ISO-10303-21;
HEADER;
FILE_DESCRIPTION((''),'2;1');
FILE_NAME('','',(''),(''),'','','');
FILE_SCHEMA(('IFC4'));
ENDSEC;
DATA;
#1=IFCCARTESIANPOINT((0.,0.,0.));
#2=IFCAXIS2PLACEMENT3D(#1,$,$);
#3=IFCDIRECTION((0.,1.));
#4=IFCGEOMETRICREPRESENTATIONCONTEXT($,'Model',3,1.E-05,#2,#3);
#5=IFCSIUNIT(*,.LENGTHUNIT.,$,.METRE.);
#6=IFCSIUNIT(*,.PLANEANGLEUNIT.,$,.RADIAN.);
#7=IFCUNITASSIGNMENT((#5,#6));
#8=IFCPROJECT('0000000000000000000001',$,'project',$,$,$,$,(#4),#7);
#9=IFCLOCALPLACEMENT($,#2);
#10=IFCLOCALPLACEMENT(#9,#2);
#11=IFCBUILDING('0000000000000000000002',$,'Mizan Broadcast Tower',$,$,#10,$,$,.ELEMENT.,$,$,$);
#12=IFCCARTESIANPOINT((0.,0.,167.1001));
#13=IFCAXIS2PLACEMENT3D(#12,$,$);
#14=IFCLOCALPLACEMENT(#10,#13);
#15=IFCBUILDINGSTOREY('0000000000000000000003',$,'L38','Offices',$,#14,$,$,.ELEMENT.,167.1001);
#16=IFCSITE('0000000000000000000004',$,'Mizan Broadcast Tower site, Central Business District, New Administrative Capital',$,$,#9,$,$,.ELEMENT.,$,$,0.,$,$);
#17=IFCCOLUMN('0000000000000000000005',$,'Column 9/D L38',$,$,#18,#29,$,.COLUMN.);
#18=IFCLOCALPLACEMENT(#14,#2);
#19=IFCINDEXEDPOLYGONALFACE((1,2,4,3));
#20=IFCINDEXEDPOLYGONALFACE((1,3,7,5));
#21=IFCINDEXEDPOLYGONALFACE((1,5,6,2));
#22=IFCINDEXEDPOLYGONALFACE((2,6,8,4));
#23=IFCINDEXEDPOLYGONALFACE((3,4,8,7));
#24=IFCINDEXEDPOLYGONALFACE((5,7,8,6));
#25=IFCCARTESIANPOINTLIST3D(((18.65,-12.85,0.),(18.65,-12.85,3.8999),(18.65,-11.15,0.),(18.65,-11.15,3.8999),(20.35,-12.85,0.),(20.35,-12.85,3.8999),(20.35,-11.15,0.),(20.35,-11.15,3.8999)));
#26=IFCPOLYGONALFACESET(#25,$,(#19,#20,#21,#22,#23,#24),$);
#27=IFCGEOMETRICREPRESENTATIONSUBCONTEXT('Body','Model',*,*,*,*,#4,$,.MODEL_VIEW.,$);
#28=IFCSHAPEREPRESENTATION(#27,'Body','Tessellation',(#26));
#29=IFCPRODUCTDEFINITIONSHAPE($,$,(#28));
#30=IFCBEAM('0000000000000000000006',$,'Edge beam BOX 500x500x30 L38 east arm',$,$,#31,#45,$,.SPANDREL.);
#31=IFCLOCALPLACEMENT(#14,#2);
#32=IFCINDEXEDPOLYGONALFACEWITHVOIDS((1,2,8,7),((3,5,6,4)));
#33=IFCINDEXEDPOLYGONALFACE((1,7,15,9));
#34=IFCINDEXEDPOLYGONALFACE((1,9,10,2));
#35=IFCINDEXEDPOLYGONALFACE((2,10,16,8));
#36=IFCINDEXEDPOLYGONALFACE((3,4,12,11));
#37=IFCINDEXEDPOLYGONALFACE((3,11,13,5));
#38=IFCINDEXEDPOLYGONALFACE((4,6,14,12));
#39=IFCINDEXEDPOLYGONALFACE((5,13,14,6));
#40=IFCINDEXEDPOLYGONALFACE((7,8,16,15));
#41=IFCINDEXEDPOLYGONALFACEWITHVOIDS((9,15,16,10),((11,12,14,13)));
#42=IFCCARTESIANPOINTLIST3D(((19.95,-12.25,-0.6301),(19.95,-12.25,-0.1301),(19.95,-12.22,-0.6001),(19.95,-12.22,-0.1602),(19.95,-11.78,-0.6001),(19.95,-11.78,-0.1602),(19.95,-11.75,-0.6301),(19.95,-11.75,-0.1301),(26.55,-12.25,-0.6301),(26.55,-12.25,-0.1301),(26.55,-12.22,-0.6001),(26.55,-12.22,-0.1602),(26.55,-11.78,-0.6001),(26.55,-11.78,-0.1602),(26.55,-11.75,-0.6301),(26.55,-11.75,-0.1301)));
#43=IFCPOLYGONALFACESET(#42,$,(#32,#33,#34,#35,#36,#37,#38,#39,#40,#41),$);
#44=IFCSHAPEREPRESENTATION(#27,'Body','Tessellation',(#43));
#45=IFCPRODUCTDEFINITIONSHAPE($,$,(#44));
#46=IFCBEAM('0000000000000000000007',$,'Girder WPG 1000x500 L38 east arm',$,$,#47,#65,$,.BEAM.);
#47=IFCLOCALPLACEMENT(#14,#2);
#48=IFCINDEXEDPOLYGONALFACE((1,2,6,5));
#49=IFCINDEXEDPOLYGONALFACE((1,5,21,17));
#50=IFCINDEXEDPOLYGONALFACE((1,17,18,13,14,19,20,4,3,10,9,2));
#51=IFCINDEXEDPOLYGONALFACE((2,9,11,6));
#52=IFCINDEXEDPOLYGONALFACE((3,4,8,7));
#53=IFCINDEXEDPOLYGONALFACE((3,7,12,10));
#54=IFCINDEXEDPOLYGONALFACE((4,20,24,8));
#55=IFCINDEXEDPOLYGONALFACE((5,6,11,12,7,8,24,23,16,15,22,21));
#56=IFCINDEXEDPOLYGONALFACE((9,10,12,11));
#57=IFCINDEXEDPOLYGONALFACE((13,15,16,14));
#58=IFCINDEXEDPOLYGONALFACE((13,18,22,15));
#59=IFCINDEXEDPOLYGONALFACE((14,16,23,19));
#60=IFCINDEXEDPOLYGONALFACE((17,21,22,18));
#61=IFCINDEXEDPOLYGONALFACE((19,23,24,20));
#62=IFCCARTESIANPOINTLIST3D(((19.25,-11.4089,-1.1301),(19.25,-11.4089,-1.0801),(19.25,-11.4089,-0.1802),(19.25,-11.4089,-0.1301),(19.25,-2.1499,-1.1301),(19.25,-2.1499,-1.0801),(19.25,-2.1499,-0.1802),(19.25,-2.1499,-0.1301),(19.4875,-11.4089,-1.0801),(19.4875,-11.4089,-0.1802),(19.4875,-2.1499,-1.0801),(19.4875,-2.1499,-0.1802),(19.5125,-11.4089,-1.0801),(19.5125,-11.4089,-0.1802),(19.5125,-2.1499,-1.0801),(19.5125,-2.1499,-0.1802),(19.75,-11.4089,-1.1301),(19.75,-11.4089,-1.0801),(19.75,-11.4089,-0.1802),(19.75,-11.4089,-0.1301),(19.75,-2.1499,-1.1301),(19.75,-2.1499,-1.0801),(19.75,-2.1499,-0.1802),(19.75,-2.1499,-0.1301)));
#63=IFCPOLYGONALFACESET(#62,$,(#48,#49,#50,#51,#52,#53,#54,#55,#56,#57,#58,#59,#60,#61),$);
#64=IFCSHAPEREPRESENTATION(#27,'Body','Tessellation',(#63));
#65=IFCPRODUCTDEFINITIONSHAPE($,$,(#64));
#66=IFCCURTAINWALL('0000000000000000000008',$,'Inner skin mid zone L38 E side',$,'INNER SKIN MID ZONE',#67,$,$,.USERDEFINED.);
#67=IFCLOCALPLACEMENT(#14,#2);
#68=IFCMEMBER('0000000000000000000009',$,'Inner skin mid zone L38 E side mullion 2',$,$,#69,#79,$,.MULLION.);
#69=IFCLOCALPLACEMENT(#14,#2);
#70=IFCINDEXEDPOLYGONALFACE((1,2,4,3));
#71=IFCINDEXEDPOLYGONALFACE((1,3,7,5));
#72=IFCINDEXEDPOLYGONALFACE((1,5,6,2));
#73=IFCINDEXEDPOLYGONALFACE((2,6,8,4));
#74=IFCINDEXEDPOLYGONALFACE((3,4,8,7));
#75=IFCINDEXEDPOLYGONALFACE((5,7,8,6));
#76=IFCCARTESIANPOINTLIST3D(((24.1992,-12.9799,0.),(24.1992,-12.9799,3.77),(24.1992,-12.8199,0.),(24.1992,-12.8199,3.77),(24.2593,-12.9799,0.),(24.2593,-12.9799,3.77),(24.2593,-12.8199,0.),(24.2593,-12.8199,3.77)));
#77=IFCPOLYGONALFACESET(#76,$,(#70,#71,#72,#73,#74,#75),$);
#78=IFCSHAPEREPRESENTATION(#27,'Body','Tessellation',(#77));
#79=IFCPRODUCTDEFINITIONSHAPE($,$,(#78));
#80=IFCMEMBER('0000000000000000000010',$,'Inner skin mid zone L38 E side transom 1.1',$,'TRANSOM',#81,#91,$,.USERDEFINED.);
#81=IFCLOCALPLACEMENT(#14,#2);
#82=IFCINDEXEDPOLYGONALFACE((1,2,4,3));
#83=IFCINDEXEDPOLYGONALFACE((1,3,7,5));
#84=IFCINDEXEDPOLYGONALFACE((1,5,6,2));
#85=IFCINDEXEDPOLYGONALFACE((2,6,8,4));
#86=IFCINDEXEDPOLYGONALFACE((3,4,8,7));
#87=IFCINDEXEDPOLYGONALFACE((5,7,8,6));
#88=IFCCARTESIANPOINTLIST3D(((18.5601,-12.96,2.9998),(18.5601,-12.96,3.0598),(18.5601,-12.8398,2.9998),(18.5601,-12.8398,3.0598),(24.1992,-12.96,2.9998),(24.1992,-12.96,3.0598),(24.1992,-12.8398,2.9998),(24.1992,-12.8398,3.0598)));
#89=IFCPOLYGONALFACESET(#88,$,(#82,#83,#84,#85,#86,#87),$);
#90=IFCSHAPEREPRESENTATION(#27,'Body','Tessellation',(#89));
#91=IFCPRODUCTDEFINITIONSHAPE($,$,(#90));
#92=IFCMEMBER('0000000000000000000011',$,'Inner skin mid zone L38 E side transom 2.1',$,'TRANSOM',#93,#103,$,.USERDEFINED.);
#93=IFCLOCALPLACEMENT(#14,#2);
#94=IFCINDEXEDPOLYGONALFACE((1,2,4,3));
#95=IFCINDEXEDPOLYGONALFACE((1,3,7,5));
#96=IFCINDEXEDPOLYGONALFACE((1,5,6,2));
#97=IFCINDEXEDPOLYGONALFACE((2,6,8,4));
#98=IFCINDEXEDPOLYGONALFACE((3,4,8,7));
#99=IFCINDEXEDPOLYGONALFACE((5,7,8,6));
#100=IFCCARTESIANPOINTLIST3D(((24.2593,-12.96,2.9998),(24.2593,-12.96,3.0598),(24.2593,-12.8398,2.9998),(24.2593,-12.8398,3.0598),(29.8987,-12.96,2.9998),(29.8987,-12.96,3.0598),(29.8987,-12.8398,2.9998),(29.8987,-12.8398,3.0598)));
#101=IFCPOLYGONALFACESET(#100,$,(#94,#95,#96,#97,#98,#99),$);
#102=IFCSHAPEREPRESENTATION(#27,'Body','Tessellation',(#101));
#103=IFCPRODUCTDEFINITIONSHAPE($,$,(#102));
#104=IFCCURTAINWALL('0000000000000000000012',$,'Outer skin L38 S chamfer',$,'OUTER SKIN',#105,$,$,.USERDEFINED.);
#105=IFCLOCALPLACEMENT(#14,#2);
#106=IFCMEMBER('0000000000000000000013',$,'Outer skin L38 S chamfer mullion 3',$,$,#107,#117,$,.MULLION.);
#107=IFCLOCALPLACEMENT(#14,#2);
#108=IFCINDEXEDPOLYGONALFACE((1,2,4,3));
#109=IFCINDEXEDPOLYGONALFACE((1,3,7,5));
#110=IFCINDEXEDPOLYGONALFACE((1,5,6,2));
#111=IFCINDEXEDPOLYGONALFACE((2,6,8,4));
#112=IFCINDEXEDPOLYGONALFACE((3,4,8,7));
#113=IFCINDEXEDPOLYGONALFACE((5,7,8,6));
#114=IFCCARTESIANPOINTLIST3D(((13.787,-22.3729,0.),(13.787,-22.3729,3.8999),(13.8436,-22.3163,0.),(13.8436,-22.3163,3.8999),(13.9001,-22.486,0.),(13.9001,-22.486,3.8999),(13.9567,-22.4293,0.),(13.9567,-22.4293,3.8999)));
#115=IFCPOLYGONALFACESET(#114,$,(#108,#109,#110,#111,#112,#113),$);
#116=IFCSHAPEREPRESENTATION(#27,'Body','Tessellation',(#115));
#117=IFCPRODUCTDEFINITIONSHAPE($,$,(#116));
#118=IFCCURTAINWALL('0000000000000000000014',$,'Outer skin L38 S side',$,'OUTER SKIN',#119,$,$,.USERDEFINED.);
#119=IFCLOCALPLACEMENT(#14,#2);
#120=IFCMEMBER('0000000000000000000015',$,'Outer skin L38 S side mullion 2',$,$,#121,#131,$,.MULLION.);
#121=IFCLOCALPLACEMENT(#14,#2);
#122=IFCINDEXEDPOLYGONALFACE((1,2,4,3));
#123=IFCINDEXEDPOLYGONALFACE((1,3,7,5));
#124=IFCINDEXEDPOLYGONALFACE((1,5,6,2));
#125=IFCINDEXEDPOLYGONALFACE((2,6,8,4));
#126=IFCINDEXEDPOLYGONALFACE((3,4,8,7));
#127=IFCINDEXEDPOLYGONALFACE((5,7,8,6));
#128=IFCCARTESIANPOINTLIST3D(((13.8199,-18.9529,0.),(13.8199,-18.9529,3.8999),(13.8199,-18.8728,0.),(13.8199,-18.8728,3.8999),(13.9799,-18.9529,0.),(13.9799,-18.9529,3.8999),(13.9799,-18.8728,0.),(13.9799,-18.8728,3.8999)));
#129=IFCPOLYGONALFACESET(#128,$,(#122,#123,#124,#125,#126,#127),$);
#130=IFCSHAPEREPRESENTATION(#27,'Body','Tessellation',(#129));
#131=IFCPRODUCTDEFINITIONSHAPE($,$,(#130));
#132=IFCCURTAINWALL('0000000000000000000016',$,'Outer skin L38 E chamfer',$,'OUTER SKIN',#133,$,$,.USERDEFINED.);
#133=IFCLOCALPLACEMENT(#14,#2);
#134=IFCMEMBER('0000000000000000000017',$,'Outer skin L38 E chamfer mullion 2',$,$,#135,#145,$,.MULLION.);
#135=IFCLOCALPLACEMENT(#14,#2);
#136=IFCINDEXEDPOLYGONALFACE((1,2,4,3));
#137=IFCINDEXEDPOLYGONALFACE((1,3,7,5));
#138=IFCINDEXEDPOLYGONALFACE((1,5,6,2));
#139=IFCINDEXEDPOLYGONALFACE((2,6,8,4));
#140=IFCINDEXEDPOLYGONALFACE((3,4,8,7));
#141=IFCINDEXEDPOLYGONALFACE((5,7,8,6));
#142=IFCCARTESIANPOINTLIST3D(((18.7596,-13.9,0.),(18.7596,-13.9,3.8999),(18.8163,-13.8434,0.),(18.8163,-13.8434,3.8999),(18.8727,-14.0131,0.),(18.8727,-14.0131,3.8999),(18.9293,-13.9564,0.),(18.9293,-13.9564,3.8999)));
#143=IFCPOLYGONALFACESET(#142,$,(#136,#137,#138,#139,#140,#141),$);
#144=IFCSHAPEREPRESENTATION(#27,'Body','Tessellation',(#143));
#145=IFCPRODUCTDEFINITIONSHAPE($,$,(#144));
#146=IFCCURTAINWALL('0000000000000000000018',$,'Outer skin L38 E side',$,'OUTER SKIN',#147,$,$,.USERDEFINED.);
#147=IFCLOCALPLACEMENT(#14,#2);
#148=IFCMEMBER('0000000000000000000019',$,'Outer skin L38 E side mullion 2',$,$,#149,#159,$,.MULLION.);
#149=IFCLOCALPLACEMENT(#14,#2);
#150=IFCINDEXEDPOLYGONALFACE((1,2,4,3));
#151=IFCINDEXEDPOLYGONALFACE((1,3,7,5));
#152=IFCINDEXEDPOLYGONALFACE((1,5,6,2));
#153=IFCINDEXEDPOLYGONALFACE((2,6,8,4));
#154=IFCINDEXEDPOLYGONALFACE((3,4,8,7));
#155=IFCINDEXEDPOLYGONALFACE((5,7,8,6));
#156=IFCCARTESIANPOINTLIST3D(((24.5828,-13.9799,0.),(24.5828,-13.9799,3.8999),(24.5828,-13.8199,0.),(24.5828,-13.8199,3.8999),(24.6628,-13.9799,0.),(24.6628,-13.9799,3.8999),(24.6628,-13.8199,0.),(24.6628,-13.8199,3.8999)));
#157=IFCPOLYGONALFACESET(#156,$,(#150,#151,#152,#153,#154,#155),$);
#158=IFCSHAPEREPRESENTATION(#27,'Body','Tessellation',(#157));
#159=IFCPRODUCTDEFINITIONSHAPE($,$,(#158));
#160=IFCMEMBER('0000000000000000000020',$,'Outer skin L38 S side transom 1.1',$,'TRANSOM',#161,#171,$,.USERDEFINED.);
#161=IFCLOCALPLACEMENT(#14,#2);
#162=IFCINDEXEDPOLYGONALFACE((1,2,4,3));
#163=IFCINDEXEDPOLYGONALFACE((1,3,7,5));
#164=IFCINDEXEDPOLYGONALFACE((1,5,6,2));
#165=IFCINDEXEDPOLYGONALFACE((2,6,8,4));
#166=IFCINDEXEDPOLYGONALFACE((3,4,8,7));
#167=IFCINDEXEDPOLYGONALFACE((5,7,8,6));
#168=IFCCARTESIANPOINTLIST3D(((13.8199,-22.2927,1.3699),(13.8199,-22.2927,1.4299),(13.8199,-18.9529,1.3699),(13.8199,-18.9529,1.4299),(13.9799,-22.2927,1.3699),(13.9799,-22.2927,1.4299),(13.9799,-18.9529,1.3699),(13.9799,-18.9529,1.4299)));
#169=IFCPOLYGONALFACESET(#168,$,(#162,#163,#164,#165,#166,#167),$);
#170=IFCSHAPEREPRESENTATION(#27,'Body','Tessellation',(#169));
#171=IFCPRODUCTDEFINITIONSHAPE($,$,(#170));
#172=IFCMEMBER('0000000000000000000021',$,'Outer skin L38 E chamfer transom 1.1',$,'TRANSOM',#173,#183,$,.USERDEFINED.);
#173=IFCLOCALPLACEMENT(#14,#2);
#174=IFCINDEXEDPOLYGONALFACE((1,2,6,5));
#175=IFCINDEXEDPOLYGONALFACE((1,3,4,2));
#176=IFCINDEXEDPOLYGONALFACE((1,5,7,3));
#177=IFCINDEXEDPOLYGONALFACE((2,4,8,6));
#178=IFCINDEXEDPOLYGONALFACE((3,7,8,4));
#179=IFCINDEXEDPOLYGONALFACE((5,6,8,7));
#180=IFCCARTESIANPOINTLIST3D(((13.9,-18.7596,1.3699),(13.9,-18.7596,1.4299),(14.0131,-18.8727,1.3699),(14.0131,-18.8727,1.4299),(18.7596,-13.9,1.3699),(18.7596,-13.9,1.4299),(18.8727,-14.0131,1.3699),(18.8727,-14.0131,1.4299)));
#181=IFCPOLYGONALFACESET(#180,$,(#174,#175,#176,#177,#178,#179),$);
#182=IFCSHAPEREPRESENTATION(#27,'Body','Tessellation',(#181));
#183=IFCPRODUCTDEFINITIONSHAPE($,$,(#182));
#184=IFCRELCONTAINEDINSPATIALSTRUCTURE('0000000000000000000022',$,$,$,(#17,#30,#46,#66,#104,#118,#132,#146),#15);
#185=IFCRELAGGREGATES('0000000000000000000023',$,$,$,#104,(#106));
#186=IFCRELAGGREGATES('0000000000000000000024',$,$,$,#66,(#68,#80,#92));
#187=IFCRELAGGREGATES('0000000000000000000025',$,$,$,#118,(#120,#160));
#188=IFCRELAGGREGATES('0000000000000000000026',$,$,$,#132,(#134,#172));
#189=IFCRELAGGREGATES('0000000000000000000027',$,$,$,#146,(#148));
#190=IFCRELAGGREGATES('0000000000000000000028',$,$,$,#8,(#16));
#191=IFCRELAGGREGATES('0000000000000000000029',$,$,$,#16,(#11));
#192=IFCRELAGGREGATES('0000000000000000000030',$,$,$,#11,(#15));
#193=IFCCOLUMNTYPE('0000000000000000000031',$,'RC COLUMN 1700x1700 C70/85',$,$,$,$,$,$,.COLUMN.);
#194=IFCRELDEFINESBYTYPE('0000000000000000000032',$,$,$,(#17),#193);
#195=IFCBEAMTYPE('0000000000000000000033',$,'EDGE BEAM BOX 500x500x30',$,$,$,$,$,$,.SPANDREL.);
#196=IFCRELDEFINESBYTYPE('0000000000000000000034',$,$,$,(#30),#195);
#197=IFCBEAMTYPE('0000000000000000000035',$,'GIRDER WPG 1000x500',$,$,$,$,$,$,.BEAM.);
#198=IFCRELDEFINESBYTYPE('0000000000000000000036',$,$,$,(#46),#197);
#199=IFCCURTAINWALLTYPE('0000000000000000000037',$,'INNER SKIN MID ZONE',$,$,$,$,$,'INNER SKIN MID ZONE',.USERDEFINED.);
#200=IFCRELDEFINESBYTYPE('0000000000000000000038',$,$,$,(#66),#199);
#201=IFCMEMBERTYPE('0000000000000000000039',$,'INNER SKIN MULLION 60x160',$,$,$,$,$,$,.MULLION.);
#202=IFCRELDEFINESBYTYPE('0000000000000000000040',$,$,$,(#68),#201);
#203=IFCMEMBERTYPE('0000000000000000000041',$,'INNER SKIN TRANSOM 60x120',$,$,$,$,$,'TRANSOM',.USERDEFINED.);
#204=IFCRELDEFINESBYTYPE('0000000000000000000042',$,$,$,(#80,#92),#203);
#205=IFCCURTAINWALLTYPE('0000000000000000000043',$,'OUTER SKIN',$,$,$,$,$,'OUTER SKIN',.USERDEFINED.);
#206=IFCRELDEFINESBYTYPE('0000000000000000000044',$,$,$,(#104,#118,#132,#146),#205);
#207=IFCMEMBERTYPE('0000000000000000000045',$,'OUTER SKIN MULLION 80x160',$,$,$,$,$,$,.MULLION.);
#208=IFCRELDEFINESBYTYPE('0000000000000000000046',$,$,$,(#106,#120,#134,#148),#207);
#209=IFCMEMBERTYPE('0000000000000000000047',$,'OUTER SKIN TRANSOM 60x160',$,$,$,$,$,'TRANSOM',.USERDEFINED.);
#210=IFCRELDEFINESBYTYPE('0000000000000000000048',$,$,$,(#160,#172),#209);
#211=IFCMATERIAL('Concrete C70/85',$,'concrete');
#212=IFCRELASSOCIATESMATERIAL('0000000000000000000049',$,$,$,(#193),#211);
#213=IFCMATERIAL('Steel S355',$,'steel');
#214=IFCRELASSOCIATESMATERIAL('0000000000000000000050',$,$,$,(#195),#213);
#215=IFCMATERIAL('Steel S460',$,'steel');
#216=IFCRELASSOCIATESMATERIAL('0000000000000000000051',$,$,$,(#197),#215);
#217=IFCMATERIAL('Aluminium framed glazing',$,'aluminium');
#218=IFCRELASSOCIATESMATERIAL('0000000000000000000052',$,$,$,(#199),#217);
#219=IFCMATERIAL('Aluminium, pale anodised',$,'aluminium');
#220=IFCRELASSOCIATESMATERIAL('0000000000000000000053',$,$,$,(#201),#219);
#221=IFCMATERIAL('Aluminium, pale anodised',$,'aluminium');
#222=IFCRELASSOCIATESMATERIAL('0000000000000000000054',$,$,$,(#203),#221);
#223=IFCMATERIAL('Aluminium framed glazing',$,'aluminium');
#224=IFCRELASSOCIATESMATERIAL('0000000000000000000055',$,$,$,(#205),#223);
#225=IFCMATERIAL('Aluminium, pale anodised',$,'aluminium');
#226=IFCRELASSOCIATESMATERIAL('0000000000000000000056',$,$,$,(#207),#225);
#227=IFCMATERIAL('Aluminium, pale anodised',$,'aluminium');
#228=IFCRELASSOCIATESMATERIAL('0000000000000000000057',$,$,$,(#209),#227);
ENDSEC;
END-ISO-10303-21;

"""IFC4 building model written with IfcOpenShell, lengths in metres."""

from ifc_helpers import new_model, si_unit, direction, frame, origin, origin_2d, place, context, subcontext, project, spatial, rectangle, hollow_rectangle, i_section, extrude, material, material_profile, profile_set, type_object, element, aggregate, save


model = new_model("IFC4")

# Units and contexts
model_context = context("Model", 3, precision=1e-05, world=origin(), true_north=direction((0.0, 1.0)))
body_context = subcontext(model_context, "Body", "Model", "MODEL_VIEW")
ifc_project = project(units=[si_unit("LENGTHUNIT", "METRE"), si_unit("PLANEANGLEUNIT", "RADIAN")], contexts=[model_context])

# Site, building, storey
site_placement = place(None, origin())
site = spatial("IfcSite", under=ifc_project, at=site_placement, Name="Mizan Broadcast Tower site, Central Business District, New Administrative Capital", CompositionType="ELEMENT", RefElevation=0.0)
building_placement = place(site_placement, origin())
building = spatial("IfcBuilding", under=site, at=building_placement, Name="Mizan Broadcast Tower", CompositionType="ELEMENT")
storey_placement = place(building_placement, frame((0.0, 0.0, 167.1001)))
storey = spatial("IfcBuildingStorey", under=building, at=storey_placement, Name="L38", Description="Offices", CompositionType="ELEMENT", Elevation=167.1001)

# Column
ifc_material_1 = material(Name="Concrete C70/85", Category="concrete")
ifc_material_profile_1 = material_profile(ifc_material_1, rectangle(XDim=1.7, YDim=1.7, at=origin_2d()), Name="RC 1700x1700")
ifc_profile_set_1 = profile_set([ifc_material_profile_1], Name="Concrete C70/85")
column_type = type_object("IfcColumnType", Name="RC COLUMN 1700x1700 C70/85", PredefinedType="COLUMN", material=ifc_profile_set_1)
column_placement = place(storey_placement, frame((19.5, -12.0, 0.0), z_axis=(0.0, 0.0, 1.0), x_axis=(1.0, 0.0, 0.0)))
element("IfcColumn", 1, at=column_placement, inside=storey, type_object=column_type, Name="Column 9/D L38", PredefinedType="COLUMN", context=body_context, shape_type="SweptSolid", body=[
    extrude(rectangle(XDim=1.7, YDim=1.7, at=origin_2d()), origin(), (0.0, 0.0, 1.0), 3.8999),
])

# Beams
ifc_material_2 = material(Name="Steel S355", Category="steel")
ifc_material_profile_2 = material_profile(ifc_material_2, hollow_rectangle(XDim=0.5, YDim=0.5, WallThickness=0.03, at=origin_2d()), Name="BOX 500x500x30")
ifc_profile_set_2 = profile_set([ifc_material_profile_2], Name="Steel S355")
beam_type_1 = type_object("IfcBeamType", Name="EDGE BEAM BOX 500x500x30", PredefinedType="SPANDREL", material=ifc_profile_set_2)
beam_1_placement = place(storey_placement, frame((19.95, -12.0, -0.3801), z_axis=(1.0, 0.0, 0.0), x_axis=(0.0, 1.0, 0.0)))
element("IfcBeam", 2, at=beam_1_placement, inside=storey, type_object=beam_type_1, Name="Edge beam BOX 500x500x30 L38 east arm", PredefinedType="SPANDREL", context=body_context, shape_type="SweptSolid", body=[
    extrude(hollow_rectangle(XDim=0.5, YDim=0.5, WallThickness=0.03, at=origin_2d()), origin(), (0.0, 0.0, 1.0), 6.6001),
])
ifc_material_3 = material(Name="Steel S460", Category="steel")
ifc_material_profile_3 = material_profile(ifc_material_3, i_section(OverallWidth=0.5, OverallDepth=1.0, WebThickness=0.0249, FlangeThickness=0.05, at=origin_2d()), Name="WPG 1000x500")
ifc_profile_set_3 = profile_set([ifc_material_profile_3], Name="Steel S460")
beam_type_2 = type_object("IfcBeamType", Name="GIRDER WPG 1000x500", PredefinedType="BEAM", material=ifc_profile_set_3)
beam_2_placement = place(storey_placement, frame((19.5, -11.4089, -0.6301), z_axis=(0.0, 1.0, 0.0), x_axis=(-1.0, 0.0, 0.0)))
element("IfcBeam", 3, at=beam_2_placement, inside=storey, type_object=beam_type_2, Name="Girder WPG 1000x500 L38 east arm", PredefinedType="BEAM", context=body_context, shape_type="SweptSolid", body=[
    extrude(i_section(OverallWidth=0.5, OverallDepth=1.0, WebThickness=0.0249, FlangeThickness=0.05, at=origin_2d()), origin(), (0.0, 0.0, 1.0), 9.259),
])

# Curtain wall, members
ifc_material_4 = material(Name="Aluminium framed glazing", Category="aluminium")
curtain_wall_type_1 = type_object("IfcCurtainWallType", Name="INNER SKIN MID ZONE", ElementType="INNER SKIN MID ZONE", PredefinedType="USERDEFINED", material=ifc_material_4)
curtain_wall_1_placement = place(storey_placement, origin())
curtain_wall_1 = element("IfcCurtainWall", 4, at=curtain_wall_1_placement, inside=storey, type_object=curtain_wall_type_1, Name="Inner skin mid zone L38 E side", ObjectType="INNER SKIN MID ZONE", PredefinedType="USERDEFINED")
ifc_material_5 = material(Name="Aluminium, pale anodised", Category="aluminium")
ifc_material_profile_4 = material_profile(ifc_material_5, rectangle(XDim=0.1599, YDim=0.0601, at=origin_2d()), Name="MULLION 160x60")
ifc_profile_set_4 = profile_set([ifc_material_profile_4], Name="Aluminium, pale anodised")
member_type_1 = type_object("IfcMemberType", Name="INNER SKIN MULLION 60x160", PredefinedType="MULLION", material=ifc_profile_set_4)
member_1_placement = place(storey_placement, frame((24.2292, -12.8999, 0.0), z_axis=(0.0, 0.0, 1.0), x_axis=(0.0, 1.0, 0.0)))
member_1 = element("IfcMember", 5, at=member_1_placement, type_object=member_type_1, Name="Inner skin mid zone L38 E side mullion 2", PredefinedType="MULLION", context=body_context, shape_type="SweptSolid", body=[
    extrude(rectangle(XDim=0.1599, YDim=0.0601, at=origin_2d()), origin(), (0.0, 0.0, 1.0), 3.77),
])
ifc_material_6 = material(Name="Aluminium, pale anodised", Category="aluminium")
ifc_material_profile_5 = material_profile(ifc_material_6, rectangle(XDim=0.1201, YDim=0.0601, at=origin_2d()), Name="TRANSOM 120x60")
ifc_profile_set_5 = profile_set([ifc_material_profile_5], Name="Aluminium, pale anodised")
member_type_2 = type_object("IfcMemberType", Name="INNER SKIN TRANSOM 60x120", ElementType="TRANSOM", PredefinedType="USERDEFINED", material=ifc_profile_set_5)
member_2_placement = place(storey_placement, frame((18.5601, -12.8999, 3.0298), z_axis=(1.0, 0.0, 0.0), x_axis=(0.0, 1.0, 0.0)))
member_2 = element("IfcMember", 6, at=member_2_placement, type_object=member_type_2, Name="Inner skin mid zone L38 E side transom 1.1", ObjectType="TRANSOM", PredefinedType="USERDEFINED", context=body_context, shape_type="SweptSolid", body=[
    extrude(rectangle(XDim=0.1201, YDim=0.0601, at=origin_2d()), origin(), (0.0, 0.0, 1.0), 5.6392),
])
member_3_placement = place(storey_placement, frame((24.2593, -12.8999, 3.0298), z_axis=(1.0, 0.0, 0.0), x_axis=(0.0, 1.0, 0.0)))
member_3 = element("IfcMember", 7, at=member_3_placement, type_object=member_type_2, Name="Inner skin mid zone L38 E side transom 2.1", ObjectType="TRANSOM", PredefinedType="USERDEFINED", context=body_context, shape_type="SweptSolid", body=[
    extrude(rectangle(XDim=0.1201, YDim=0.0601, at=origin_2d()), origin(), (0.0, 0.0, 1.0), 5.6394),
])

# Curtain walls, members
ifc_material_7 = material(Name="Aluminium framed glazing", Category="aluminium")
curtain_wall_type_2 = type_object("IfcCurtainWallType", Name="OUTER SKIN", ElementType="OUTER SKIN", PredefinedType="USERDEFINED", material=ifc_material_7)
curtain_wall_2_placement = place(storey_placement, origin())
curtain_wall_2 = element("IfcCurtainWall", 8, at=curtain_wall_2_placement, inside=storey, type_object=curtain_wall_type_2, Name="Outer skin L38 S chamfer", ObjectType="OUTER SKIN", PredefinedType="USERDEFINED")
ifc_material_8 = material(Name="Aluminium, pale anodised", Category="aluminium")
ifc_material_profile_6 = material_profile(ifc_material_8, rectangle(XDim=0.1599, YDim=0.0801, at=origin_2d()), Name="MULLION 160x80")
ifc_profile_set_6 = profile_set([ifc_material_profile_6], Name="Aluminium, pale anodised")
member_type_3 = type_object("IfcMemberType", Name="OUTER SKIN MULLION 80x160", PredefinedType="MULLION", material=ifc_profile_set_6)
member_4_placement = place(storey_placement, frame((13.8718, -22.4011, 0.0), z_axis=(0.0, 0.0, 1.0), x_axis=(-0.707107, 0.707107, 0.0)))
member_4 = element("IfcMember", 9, at=member_4_placement, type_object=member_type_3, Name="Outer skin L38 S chamfer mullion 3", PredefinedType="MULLION", context=body_context, shape_type="SweptSolid", body=[
    extrude(rectangle(XDim=0.1599, YDim=0.0801, at=origin_2d()), origin(), (0.0, 0.0, 1.0), 3.8999),
])
aggregate(curtain_wall_2, [member_4])
curtain_wall_3_placement = place(storey_placement, origin())
curtain_wall_3 = element("IfcCurtainWall", 10, at=curtain_wall_3_placement, inside=storey, type_object=curtain_wall_type_2, Name="Outer skin L38 S side", ObjectType="OUTER SKIN", PredefinedType="USERDEFINED")
member_5_placement = place(storey_placement, frame((13.8999, -18.9128, 0.0), z_axis=(0.0, 0.0, 1.0), x_axis=(-1.0, 0.0, 0.0)))
member_5 = element("IfcMember", 11, at=member_5_placement, type_object=member_type_3, Name="Outer skin L38 S side mullion 2", PredefinedType="MULLION", context=body_context, shape_type="SweptSolid", body=[
    extrude(rectangle(XDim=0.1599, YDim=0.0801, at=origin_2d()), origin(), (0.0, 0.0, 1.0), 3.8999),
])
curtain_wall_4_placement = place(storey_placement, origin())
curtain_wall_4 = element("IfcCurtainWall", 12, at=curtain_wall_4_placement, inside=storey, type_object=curtain_wall_type_2, Name="Outer skin L38 E chamfer", ObjectType="OUTER SKIN", PredefinedType="USERDEFINED")
member_6_placement = place(storey_placement, frame((18.8445, -13.9282, 0.0), z_axis=(0.0, 0.0, 1.0), x_axis=(-0.707107, 0.707107, 0.0)))
member_6 = element("IfcMember", 13, at=member_6_placement, type_object=member_type_3, Name="Outer skin L38 E chamfer mullion 2", PredefinedType="MULLION", context=body_context, shape_type="SweptSolid", body=[
    extrude(rectangle(XDim=0.1599, YDim=0.0801, at=origin_2d()), origin(), (0.0, 0.0, 1.0), 3.8999),
])
curtain_wall_5_placement = place(storey_placement, origin())
curtain_wall_5 = element("IfcCurtainWall", 14, at=curtain_wall_5_placement, inside=storey, type_object=curtain_wall_type_2, Name="Outer skin L38 E side", ObjectType="OUTER SKIN", PredefinedType="USERDEFINED")
member_7_placement = place(storey_placement, frame((24.6228, -13.8999, 0.0), z_axis=(0.0, 0.0, 1.0), x_axis=(0.0, 1.0, 0.0)))
member_7 = element("IfcMember", 15, at=member_7_placement, type_object=member_type_3, Name="Outer skin L38 E side mullion 2", PredefinedType="MULLION", context=body_context, shape_type="SweptSolid", body=[
    extrude(rectangle(XDim=0.1599, YDim=0.0801, at=origin_2d()), origin(), (0.0, 0.0, 1.0), 3.8999),
])

# Members
ifc_material_9 = material(Name="Aluminium, pale anodised", Category="aluminium")
ifc_material_profile_7 = material_profile(ifc_material_9, rectangle(XDim=0.1599, YDim=0.0601, at=origin_2d()), Name="TRANSOM 160x60")
ifc_profile_set_7 = profile_set([ifc_material_profile_7], Name="Aluminium, pale anodised")
member_type_4 = type_object("IfcMemberType", Name="OUTER SKIN TRANSOM 60x160", ElementType="TRANSOM", PredefinedType="USERDEFINED", material=ifc_profile_set_7)
member_8_placement = place(storey_placement, frame((13.8999, -22.2927, 1.3999), z_axis=(0.0, 1.0, 0.0), x_axis=(-1.0, 0.0, 0.0)))
member_8 = element("IfcMember", 16, at=member_8_placement, type_object=member_type_4, Name="Outer skin L38 S side transom 1.1", ObjectType="TRANSOM", PredefinedType="USERDEFINED", context=body_context, shape_type="SweptSolid", body=[
    extrude(rectangle(XDim=0.1599, YDim=0.0601, at=origin_2d()), origin(), (0.0, 0.0, 1.0), 3.3398),
])
member_9_placement = place(storey_placement, frame((13.9565, -18.8162, 1.3999), z_axis=(0.707107, 0.707107, 0.0), x_axis=(-0.707107, 0.707107, 0.0)))
member_9 = element("IfcMember", 17, at=member_9_placement, type_object=member_type_4, Name="Outer skin L38 E chamfer transom 1.1", ObjectType="TRANSOM", PredefinedType="USERDEFINED", context=body_context, shape_type="SweptSolid", body=[
    extrude(rectangle(XDim=0.1599, YDim=0.0601, at=origin_2d()), origin(), (0.0, 0.0, 1.0), 6.8726),
])

aggregate(curtain_wall_1, [member_1, member_2, member_3])
aggregate(curtain_wall_3, [member_5, member_8])
aggregate(curtain_wall_4, [member_6, member_9])
aggregate(curtain_wall_5, [member_7])

save(model, "model.ifc")
